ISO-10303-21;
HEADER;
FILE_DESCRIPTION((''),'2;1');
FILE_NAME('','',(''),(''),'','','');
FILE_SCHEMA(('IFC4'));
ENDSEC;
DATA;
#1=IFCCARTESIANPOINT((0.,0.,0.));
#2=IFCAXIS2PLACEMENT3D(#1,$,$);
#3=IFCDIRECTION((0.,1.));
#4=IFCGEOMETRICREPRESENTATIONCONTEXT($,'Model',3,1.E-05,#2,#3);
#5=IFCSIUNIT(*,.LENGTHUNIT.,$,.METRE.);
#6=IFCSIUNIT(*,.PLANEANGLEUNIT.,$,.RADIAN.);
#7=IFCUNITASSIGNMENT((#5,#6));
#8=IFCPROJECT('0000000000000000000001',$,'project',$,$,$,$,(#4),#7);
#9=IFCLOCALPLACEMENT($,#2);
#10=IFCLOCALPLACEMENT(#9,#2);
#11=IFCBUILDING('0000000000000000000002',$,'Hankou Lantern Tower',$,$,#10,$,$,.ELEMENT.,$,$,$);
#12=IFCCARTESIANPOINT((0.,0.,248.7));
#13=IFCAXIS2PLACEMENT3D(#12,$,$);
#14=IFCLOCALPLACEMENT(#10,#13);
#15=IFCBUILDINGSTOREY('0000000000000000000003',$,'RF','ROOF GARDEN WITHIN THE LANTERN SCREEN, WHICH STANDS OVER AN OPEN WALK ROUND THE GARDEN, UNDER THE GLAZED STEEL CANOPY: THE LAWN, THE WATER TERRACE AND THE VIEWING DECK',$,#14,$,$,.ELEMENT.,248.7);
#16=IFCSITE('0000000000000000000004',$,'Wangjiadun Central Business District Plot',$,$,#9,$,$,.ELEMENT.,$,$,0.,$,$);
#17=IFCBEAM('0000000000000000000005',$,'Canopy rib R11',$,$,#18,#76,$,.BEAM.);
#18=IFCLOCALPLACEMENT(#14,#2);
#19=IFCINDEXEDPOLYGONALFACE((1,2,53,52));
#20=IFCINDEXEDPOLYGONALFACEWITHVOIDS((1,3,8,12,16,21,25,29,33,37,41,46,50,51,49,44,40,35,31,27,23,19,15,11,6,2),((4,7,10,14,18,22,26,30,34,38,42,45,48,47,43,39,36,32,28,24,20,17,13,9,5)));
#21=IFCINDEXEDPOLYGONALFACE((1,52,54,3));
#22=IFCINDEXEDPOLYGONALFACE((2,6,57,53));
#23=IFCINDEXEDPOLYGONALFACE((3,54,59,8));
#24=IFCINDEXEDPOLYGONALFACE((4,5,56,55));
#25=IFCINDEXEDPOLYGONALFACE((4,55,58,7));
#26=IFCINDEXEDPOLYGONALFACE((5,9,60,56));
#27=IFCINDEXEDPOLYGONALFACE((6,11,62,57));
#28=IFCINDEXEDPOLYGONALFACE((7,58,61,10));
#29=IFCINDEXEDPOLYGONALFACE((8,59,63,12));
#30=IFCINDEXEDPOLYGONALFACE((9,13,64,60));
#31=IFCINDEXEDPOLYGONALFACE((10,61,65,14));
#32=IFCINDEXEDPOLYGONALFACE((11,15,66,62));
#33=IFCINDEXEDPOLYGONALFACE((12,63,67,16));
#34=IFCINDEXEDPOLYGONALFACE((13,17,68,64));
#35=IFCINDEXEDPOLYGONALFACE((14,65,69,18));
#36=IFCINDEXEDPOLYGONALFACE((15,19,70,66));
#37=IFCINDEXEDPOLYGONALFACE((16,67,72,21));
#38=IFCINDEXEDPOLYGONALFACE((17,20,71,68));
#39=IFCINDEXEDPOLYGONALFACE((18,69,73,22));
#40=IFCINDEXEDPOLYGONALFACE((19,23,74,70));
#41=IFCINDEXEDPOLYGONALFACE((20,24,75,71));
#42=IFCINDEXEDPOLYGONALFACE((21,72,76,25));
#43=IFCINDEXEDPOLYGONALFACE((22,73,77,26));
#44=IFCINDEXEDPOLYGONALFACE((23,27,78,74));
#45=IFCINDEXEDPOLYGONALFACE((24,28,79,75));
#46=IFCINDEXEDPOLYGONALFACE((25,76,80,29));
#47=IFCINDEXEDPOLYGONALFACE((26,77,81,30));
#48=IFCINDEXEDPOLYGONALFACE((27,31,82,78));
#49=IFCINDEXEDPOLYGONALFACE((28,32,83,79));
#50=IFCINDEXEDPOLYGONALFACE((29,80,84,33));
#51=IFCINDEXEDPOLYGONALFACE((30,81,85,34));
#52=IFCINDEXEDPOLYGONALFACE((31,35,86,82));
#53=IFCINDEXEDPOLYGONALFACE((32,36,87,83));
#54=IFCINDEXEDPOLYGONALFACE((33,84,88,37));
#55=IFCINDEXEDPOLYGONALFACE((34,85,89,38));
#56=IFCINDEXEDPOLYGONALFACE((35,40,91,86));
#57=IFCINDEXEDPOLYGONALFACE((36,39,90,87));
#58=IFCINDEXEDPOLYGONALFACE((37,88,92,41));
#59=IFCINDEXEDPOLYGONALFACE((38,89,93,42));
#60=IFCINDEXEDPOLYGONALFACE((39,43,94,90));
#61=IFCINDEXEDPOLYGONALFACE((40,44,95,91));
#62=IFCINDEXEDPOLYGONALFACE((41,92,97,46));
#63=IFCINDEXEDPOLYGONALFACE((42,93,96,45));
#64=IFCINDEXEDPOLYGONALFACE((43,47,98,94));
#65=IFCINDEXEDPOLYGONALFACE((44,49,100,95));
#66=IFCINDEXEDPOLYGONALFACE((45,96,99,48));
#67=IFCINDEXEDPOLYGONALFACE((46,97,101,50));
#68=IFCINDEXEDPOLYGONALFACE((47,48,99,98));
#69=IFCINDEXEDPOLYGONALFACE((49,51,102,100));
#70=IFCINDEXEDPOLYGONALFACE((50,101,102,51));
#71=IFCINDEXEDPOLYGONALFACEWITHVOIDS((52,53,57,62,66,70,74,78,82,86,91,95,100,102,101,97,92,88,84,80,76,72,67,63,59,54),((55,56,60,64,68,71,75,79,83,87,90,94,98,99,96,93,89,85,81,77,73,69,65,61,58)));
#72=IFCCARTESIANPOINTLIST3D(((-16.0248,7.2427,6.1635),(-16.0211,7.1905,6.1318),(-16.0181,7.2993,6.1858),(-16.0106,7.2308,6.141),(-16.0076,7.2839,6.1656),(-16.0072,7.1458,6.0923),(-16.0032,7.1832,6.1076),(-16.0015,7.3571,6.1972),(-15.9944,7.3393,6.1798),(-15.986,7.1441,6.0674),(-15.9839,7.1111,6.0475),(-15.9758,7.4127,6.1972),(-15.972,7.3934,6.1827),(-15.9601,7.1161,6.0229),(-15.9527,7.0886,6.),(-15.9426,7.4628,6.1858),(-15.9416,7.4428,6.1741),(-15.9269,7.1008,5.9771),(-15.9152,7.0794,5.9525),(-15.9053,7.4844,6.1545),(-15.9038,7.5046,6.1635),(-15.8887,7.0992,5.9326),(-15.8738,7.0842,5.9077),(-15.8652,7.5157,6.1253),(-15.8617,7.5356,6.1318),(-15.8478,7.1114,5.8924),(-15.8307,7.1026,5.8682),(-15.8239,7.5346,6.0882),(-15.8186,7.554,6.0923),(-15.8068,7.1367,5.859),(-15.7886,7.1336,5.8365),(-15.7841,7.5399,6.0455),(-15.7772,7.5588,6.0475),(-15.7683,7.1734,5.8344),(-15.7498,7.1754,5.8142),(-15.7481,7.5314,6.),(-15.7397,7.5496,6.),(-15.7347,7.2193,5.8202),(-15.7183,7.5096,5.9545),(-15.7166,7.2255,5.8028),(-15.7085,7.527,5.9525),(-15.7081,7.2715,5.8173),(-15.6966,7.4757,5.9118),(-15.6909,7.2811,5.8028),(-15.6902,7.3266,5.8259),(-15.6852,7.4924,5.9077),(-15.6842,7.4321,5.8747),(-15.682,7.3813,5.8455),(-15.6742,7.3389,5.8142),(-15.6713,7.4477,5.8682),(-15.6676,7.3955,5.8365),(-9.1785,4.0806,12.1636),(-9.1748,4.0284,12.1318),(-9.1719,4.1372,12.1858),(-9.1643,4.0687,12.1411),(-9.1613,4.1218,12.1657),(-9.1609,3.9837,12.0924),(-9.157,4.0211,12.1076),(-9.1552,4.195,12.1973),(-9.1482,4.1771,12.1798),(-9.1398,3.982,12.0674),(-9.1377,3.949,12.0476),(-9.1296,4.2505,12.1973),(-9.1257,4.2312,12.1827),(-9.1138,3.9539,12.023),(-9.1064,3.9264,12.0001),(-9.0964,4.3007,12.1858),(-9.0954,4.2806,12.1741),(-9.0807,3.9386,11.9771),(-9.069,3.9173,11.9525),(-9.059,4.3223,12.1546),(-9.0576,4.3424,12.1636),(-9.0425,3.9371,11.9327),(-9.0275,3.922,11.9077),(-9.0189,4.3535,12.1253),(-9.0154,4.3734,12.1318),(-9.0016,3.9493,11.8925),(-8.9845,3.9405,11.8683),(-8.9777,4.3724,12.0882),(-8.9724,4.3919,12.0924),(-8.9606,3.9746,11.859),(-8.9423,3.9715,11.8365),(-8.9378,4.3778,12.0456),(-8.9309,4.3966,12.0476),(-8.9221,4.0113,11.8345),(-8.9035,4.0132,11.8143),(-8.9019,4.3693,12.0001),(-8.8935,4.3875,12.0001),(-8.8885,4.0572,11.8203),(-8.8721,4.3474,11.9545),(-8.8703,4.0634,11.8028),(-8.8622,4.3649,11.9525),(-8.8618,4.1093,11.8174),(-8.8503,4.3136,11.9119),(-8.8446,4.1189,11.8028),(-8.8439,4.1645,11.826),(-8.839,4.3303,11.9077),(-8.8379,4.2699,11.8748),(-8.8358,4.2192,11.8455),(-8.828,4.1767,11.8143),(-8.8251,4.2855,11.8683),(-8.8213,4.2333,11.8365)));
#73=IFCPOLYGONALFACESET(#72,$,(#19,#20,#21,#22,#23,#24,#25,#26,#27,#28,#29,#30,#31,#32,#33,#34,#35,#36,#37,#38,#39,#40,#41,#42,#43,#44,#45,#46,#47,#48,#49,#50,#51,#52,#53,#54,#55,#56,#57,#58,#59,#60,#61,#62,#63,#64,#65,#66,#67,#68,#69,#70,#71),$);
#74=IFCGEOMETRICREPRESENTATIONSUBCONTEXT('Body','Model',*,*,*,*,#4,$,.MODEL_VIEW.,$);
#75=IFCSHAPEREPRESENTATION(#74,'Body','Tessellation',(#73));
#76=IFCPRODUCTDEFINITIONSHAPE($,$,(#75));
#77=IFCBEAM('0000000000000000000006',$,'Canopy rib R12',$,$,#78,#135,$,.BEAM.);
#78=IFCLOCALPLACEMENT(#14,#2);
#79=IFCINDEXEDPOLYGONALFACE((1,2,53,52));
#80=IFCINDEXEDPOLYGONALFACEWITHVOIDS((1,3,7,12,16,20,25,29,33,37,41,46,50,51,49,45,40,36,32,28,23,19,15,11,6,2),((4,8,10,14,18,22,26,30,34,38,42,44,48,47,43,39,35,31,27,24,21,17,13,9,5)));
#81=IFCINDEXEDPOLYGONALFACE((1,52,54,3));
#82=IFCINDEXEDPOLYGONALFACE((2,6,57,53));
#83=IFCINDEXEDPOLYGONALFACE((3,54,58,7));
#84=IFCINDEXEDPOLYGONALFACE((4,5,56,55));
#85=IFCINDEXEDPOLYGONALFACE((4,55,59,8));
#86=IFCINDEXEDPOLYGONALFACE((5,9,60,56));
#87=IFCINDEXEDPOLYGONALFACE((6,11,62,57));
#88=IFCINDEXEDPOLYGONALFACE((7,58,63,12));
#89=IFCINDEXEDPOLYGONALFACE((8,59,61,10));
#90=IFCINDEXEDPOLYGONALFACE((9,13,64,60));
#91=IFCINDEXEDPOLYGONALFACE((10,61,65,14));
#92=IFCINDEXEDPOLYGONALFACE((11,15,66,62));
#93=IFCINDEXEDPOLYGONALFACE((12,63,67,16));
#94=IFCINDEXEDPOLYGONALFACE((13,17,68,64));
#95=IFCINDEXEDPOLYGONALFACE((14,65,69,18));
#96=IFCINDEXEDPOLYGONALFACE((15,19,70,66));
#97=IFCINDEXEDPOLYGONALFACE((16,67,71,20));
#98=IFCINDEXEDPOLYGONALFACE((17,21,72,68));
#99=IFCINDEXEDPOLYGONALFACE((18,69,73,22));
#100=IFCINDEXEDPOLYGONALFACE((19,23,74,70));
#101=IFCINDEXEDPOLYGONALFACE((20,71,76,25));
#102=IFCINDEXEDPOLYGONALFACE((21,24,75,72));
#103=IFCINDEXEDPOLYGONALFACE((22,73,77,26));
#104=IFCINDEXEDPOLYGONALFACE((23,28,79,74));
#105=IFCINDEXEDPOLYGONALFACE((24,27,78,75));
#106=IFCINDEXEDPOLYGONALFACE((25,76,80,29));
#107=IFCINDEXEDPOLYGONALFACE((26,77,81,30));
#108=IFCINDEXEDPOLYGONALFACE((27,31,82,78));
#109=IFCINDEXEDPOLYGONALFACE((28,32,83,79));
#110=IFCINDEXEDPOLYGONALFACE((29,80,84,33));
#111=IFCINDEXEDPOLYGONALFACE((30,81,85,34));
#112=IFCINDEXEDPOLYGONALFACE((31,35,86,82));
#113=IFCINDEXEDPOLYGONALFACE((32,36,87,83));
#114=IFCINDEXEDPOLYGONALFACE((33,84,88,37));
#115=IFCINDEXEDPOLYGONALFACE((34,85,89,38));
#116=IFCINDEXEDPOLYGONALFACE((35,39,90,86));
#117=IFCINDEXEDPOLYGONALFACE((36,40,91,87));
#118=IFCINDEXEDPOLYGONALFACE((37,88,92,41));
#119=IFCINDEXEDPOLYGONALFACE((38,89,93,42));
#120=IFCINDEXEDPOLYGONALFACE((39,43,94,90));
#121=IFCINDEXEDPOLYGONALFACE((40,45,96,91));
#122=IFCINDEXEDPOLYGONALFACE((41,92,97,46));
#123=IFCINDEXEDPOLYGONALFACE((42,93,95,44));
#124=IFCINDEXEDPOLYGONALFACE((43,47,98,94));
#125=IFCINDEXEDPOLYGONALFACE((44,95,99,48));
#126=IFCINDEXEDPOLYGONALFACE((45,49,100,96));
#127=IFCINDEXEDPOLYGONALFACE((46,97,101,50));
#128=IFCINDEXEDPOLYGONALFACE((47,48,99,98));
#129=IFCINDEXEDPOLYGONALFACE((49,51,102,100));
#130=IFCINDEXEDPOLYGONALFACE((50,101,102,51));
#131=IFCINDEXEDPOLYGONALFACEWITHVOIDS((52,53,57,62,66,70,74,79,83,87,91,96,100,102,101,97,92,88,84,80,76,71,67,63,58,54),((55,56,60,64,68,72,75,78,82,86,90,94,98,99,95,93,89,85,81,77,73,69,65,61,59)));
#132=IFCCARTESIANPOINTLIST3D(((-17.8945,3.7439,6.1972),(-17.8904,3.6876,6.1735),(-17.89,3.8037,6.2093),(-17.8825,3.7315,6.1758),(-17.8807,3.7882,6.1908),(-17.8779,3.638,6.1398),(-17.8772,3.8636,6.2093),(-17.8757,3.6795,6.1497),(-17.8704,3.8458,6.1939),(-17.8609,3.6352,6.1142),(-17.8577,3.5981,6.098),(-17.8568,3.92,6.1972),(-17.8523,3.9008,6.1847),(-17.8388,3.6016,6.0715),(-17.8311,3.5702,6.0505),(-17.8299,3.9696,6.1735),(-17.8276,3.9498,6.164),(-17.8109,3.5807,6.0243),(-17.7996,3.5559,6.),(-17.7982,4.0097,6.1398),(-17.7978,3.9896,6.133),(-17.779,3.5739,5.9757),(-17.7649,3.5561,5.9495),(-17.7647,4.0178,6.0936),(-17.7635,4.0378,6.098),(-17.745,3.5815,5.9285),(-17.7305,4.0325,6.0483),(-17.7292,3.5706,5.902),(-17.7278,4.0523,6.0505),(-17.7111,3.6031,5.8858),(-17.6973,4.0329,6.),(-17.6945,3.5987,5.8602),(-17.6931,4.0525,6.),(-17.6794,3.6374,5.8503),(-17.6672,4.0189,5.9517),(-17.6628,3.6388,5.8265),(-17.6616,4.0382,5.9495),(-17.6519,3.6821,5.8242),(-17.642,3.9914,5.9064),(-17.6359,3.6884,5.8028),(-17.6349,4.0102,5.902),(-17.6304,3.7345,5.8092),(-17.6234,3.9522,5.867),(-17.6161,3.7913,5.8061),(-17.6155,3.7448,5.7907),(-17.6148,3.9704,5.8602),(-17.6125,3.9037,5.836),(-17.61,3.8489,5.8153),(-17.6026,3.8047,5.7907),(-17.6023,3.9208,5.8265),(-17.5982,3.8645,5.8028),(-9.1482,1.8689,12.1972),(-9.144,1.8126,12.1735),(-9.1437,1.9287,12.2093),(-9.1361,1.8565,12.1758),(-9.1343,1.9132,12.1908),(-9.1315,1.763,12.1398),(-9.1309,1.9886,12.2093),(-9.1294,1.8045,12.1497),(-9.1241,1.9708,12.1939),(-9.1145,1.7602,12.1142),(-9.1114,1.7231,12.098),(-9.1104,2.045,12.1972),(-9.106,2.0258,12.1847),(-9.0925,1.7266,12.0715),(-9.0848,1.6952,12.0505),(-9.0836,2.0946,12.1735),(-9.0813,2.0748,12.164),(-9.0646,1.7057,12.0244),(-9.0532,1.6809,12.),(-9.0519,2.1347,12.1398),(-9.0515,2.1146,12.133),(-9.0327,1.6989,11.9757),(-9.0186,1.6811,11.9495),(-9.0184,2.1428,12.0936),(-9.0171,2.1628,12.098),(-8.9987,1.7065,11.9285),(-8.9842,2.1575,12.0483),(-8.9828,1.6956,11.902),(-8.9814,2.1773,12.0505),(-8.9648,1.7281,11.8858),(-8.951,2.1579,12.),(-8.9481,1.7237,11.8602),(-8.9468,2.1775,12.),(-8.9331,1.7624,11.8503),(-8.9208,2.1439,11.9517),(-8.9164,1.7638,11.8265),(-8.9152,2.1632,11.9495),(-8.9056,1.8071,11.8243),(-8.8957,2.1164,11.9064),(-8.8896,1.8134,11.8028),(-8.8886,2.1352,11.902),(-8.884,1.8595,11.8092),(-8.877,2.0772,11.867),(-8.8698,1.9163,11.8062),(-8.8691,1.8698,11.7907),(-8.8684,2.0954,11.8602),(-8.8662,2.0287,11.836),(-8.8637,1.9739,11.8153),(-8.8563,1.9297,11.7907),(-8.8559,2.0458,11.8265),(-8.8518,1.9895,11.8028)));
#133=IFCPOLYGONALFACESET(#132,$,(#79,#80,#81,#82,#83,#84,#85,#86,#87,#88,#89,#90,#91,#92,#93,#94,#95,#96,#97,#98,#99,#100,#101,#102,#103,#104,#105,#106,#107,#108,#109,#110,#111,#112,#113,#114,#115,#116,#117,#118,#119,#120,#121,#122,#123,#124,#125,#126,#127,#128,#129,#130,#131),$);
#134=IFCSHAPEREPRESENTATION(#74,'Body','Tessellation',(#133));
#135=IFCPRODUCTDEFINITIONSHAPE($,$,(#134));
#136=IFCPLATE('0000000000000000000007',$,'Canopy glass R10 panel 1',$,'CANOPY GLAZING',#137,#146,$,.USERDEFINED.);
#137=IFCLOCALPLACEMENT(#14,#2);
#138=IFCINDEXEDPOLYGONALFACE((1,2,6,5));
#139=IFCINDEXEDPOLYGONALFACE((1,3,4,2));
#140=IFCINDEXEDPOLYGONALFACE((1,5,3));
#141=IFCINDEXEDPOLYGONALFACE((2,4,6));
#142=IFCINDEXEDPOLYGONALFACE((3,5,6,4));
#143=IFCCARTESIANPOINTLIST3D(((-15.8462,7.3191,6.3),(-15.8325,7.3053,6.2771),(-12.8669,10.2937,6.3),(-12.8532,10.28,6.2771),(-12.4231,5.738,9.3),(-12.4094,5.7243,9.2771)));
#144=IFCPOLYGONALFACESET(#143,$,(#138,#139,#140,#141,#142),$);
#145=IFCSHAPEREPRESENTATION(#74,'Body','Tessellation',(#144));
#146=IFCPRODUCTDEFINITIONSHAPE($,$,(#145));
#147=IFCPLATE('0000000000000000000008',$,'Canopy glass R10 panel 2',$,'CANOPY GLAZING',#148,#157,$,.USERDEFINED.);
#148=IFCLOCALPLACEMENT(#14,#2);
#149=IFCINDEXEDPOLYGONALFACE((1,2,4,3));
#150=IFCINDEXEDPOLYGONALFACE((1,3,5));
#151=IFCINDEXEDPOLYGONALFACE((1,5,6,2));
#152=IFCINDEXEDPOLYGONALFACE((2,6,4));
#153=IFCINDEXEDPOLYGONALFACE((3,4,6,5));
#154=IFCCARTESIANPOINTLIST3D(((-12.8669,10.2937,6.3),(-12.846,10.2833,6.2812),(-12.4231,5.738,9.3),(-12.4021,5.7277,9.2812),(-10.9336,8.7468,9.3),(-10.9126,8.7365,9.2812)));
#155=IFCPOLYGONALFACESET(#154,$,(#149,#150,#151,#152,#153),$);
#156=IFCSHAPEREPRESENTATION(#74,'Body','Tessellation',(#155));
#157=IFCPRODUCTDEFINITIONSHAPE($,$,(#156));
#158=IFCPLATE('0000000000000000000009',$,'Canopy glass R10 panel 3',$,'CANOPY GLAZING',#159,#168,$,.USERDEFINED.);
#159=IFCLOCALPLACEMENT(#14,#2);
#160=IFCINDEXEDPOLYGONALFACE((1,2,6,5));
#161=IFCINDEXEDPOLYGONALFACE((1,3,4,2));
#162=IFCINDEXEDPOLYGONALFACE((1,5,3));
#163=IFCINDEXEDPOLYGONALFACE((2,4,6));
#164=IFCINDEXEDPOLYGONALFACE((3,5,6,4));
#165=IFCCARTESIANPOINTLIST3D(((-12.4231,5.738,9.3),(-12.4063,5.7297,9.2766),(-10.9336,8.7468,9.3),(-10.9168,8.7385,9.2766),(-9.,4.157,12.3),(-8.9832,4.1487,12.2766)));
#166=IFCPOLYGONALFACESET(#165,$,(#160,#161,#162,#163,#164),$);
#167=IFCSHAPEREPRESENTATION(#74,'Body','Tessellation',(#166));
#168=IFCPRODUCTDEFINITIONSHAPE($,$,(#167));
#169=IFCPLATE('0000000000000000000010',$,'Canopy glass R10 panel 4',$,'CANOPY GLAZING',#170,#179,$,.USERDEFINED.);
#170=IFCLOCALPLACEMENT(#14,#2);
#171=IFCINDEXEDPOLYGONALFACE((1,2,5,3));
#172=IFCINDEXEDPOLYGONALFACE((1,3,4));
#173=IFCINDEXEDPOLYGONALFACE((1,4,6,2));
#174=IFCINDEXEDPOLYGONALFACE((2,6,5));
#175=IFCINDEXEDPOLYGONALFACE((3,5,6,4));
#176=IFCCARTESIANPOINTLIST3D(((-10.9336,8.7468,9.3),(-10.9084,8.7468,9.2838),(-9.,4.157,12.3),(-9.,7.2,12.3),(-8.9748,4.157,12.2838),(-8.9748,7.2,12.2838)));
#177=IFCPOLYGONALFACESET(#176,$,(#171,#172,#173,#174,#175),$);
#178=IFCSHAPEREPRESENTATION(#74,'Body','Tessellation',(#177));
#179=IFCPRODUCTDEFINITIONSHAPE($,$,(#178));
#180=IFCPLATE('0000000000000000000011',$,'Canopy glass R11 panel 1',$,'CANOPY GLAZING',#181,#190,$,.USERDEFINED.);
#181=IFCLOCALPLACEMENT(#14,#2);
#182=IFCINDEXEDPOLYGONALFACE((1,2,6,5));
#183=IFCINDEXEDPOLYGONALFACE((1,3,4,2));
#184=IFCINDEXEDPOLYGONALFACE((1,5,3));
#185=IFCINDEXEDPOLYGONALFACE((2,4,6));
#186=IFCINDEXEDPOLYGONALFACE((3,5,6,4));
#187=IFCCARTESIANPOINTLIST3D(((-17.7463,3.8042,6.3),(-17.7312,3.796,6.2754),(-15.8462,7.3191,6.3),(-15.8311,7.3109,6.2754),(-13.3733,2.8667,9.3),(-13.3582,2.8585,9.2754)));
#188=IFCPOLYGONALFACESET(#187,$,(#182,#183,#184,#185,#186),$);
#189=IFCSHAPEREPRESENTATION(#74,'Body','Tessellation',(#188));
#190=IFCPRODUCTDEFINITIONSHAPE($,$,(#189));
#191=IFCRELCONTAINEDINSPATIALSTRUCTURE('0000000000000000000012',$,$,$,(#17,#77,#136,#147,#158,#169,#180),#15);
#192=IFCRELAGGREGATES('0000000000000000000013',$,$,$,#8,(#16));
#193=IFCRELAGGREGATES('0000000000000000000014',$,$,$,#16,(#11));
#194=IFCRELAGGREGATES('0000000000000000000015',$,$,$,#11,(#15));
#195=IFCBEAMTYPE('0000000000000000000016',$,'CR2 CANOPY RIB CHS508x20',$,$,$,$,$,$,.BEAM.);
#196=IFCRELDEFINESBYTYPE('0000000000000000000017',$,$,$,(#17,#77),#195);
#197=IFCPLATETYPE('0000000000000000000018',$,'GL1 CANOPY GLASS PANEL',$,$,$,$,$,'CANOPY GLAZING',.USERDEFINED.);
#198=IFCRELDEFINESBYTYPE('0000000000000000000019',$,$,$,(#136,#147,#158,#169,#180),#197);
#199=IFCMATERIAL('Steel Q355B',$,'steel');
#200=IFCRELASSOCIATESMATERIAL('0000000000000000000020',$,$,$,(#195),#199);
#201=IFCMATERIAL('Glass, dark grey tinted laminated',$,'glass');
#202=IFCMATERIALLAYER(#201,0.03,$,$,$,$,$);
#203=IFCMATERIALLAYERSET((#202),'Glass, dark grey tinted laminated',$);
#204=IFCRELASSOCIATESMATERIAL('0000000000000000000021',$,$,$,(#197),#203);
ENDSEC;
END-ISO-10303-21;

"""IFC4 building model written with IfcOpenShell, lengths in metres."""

from ifc_helpers import new_model, si_unit, direction, frame, origin, origin_2d, place, context, subcontext, project, spatial, polyline, hollow_circle, outline, extrude, material, layer, layer_set, material_profile, profile_set, type_object, element, save


model = new_model("IFC4")

# Units and contexts
model_context = context("Model", 3, precision=1e-05, world=origin(), true_north=direction((0.0, 1.0)))
body_context = subcontext(model_context, "Body", "Model", "MODEL_VIEW")
ifc_project = project(units=[si_unit("LENGTHUNIT", "METRE"), si_unit("PLANEANGLEUNIT", "RADIAN")], contexts=[model_context])

# Site, building, storey
site_placement = place(None, origin())
site = spatial("IfcSite", under=ifc_project, at=site_placement, Name="Wangjiadun Central Business District Plot", CompositionType="ELEMENT", RefElevation=0.0)
building_placement = place(site_placement, origin())
building = spatial("IfcBuilding", under=site, at=building_placement, Name="Hankou Lantern Tower", CompositionType="ELEMENT")
storey_placement = place(building_placement, frame((0.0, 0.0, 248.7)))
storey = spatial("IfcBuildingStorey", under=building, at=storey_placement, Name="RF", Description="ROOF GARDEN WITHIN THE LANTERN SCREEN, WHICH STANDS OVER AN OPEN WALK ROUND THE GARDEN, UNDER THE GLAZED STEEL CANOPY: THE LAWN, THE WATER TERRACE AND THE VIEWING DECK", CompositionType="ELEMENT", Elevation=248.7)

# Beams
ifc_material_1 = material(Name="Steel Q355B", Category="steel")
ifc_material_profile_1 = material_profile(ifc_material_1, hollow_circle(Radius=0.2539, WallThickness=0.02, at=origin_2d()), Name="CHS508x20")
ifc_profile_set_1 = profile_set([ifc_material_profile_1], Name="Steel Q355B")
beam_type_1 = type_object("IfcBeamType", Name="CR2 CANOPY RIB CHS508x20", PredefinedType="BEAM", material=ifc_profile_set_1)
beam_1_placement = place(storey_placement, frame((-15.8462, 7.3191, 6.0), z_axis=(0.710416, -0.328126, 0.622609), x_axis=(0.419313, 0.907842, 0.0)))
element("IfcBeam", 1, at=beam_1_placement, inside=storey, type_object=beam_type_1, Name="Canopy rib R11", PredefinedType="BEAM", context=body_context, shape_type="SweptSolid", body=[
    extrude(hollow_circle(Radius=0.2539, WallThickness=0.02, at=origin_2d()), origin(), (0.0, 0.0, 1.0), 9.637),
])
beam_2_placement = place(storey_placement, frame((-17.7463, 3.8042, 6.0), z_axis=(0.812028, -0.174079, 0.557052), x_axis=(0.209613, 0.977784, 0.0)))
element("IfcBeam", 2, at=beam_2_placement, inside=storey, type_object=beam_type_1, Name="Canopy rib R12", PredefinedType="BEAM", context=body_context, shape_type="SweptSolid", body=[
    extrude(hollow_circle(Radius=0.2539, WallThickness=0.02, at=origin_2d()), origin(), (0.0, 0.0, 1.0), 10.771),
])

# Plates
ifc_material_2 = material(Name="Glass, dark grey tinted laminated", Category="glass")
ifc_layer_1 = layer(ifc_material_2, 0.03)
ifc_layer_set_1 = layer_set([ifc_layer_1], Name="Glass, dark grey tinted laminated")
plate_type = type_object("IfcPlateType", Name="GL1 CANOPY GLASS PANEL", ElementType="CANOPY GLAZING", PredefinedType="USERDEFINED", material=ifc_layer_set_1)
plate_1_placement = place(storey_placement, frame((-12.8669, 10.2937, 6.3), z_axis=(-0.456995, 0.457708, 0.762666), x_axis=(-0.707657, -0.706556, 0.0)))
element("IfcPlate", 3, at=plate_1_placement, inside=storey, type_object=plate_type, Name="Canopy glass R10 panel 1", ObjectType="CANOPY GLAZING", PredefinedType="USERDEFINED", context=body_context, shape_type="SweptSolid", body=[
    extrude(outline(polyline([(0.0, 0.0), (4.21, 0.0), (2.9047, 4.6383), (0.0, 0.0)])), origin(), (0.0, 0.0, -1.0), 0.03),
])
plate_2_placement = place(storey_placement, frame((-12.8669, 10.2937, 6.3), z_axis=(-0.697656, 0.345375, 0.627688), x_axis=(0.081101, -0.832426, 0.54817)))
element("IfcPlate", 4, at=plate_2_placement, inside=storey, type_object=plate_type, Name="Canopy glass R10 panel 2", ObjectType="CANOPY GLAZING", PredefinedType="USERDEFINED", context=body_context, shape_type="SweptSolid", body=[
    extrude(outline(polyline([(0.0, 0.0), (5.4728, 0.0), (3.089, 2.3641), (0.0, 0.0)])), origin(), (0.0, 0.0, -1.0), 0.03),
])
plate_3_placement = place(storey_placement, frame((-10.9336, 8.7468, 9.3), z_axis=(-0.558103, 0.276289, 0.782423), x_axis=(-0.443661, -0.896195, 0.0)))
element("IfcPlate", 5, at=plate_3_placement, inside=storey, type_object=plate_type, Name="Canopy glass R10 panel 3", ObjectType="CANOPY GLAZING", PredefinedType="USERDEFINED", context=body_context, shape_type="SweptSolid", body=[
    extrude(outline(polyline([(0.0, 0.0), (3.3573, 0.0), (3.2555, 4.8174), (0.0, 0.0)])), origin(), (0.0, 0.0, -1.0), 0.03),
])
plate_4_placement = place(storey_placement, frame((-10.9336, 8.7468, 9.3), z_axis=(-0.840538, 0.0, 0.541753), x_axis=(0.332561, -0.789413, 0.515974)))
element("IfcPlate", 6, at=plate_4_placement, inside=storey, type_object=plate_type, Name="Canopy glass R10 panel 4", ObjectType="CANOPY GLAZING", PredefinedType="USERDEFINED", context=body_context, shape_type="SweptSolid", body=[
    extrude(outline(polyline([(0.0, 0.0), (5.8142, 0.0), (3.4121, 1.868), (0.0, 0.0)])), origin(), (0.0, 0.0, -1.0), 0.03),
])
plate_5_placement = place(storey_placement, frame((-15.8462, 7.3191, 6.3), z_axis=(-0.503912, 0.272414, 0.819673), x_axis=(-0.475557, -0.879685, 0.0)))
element("IfcPlate", 7, at=plate_5_placement, inside=storey, type_object=plate_type, Name="Canopy glass R11 panel 1", ObjectType="CANOPY GLAZING", PredefinedType="USERDEFINED", context=body_context, shape_type="SweptSolid", body=[
    extrude(outline(polyline([(0.0, 0.0), (3.9956, 0.0), (2.7407, 5.2371), (0.0, 0.0)])), origin(), (0.0, 0.0, -1.0), 0.03),
])

save(model, "model.ifc")
